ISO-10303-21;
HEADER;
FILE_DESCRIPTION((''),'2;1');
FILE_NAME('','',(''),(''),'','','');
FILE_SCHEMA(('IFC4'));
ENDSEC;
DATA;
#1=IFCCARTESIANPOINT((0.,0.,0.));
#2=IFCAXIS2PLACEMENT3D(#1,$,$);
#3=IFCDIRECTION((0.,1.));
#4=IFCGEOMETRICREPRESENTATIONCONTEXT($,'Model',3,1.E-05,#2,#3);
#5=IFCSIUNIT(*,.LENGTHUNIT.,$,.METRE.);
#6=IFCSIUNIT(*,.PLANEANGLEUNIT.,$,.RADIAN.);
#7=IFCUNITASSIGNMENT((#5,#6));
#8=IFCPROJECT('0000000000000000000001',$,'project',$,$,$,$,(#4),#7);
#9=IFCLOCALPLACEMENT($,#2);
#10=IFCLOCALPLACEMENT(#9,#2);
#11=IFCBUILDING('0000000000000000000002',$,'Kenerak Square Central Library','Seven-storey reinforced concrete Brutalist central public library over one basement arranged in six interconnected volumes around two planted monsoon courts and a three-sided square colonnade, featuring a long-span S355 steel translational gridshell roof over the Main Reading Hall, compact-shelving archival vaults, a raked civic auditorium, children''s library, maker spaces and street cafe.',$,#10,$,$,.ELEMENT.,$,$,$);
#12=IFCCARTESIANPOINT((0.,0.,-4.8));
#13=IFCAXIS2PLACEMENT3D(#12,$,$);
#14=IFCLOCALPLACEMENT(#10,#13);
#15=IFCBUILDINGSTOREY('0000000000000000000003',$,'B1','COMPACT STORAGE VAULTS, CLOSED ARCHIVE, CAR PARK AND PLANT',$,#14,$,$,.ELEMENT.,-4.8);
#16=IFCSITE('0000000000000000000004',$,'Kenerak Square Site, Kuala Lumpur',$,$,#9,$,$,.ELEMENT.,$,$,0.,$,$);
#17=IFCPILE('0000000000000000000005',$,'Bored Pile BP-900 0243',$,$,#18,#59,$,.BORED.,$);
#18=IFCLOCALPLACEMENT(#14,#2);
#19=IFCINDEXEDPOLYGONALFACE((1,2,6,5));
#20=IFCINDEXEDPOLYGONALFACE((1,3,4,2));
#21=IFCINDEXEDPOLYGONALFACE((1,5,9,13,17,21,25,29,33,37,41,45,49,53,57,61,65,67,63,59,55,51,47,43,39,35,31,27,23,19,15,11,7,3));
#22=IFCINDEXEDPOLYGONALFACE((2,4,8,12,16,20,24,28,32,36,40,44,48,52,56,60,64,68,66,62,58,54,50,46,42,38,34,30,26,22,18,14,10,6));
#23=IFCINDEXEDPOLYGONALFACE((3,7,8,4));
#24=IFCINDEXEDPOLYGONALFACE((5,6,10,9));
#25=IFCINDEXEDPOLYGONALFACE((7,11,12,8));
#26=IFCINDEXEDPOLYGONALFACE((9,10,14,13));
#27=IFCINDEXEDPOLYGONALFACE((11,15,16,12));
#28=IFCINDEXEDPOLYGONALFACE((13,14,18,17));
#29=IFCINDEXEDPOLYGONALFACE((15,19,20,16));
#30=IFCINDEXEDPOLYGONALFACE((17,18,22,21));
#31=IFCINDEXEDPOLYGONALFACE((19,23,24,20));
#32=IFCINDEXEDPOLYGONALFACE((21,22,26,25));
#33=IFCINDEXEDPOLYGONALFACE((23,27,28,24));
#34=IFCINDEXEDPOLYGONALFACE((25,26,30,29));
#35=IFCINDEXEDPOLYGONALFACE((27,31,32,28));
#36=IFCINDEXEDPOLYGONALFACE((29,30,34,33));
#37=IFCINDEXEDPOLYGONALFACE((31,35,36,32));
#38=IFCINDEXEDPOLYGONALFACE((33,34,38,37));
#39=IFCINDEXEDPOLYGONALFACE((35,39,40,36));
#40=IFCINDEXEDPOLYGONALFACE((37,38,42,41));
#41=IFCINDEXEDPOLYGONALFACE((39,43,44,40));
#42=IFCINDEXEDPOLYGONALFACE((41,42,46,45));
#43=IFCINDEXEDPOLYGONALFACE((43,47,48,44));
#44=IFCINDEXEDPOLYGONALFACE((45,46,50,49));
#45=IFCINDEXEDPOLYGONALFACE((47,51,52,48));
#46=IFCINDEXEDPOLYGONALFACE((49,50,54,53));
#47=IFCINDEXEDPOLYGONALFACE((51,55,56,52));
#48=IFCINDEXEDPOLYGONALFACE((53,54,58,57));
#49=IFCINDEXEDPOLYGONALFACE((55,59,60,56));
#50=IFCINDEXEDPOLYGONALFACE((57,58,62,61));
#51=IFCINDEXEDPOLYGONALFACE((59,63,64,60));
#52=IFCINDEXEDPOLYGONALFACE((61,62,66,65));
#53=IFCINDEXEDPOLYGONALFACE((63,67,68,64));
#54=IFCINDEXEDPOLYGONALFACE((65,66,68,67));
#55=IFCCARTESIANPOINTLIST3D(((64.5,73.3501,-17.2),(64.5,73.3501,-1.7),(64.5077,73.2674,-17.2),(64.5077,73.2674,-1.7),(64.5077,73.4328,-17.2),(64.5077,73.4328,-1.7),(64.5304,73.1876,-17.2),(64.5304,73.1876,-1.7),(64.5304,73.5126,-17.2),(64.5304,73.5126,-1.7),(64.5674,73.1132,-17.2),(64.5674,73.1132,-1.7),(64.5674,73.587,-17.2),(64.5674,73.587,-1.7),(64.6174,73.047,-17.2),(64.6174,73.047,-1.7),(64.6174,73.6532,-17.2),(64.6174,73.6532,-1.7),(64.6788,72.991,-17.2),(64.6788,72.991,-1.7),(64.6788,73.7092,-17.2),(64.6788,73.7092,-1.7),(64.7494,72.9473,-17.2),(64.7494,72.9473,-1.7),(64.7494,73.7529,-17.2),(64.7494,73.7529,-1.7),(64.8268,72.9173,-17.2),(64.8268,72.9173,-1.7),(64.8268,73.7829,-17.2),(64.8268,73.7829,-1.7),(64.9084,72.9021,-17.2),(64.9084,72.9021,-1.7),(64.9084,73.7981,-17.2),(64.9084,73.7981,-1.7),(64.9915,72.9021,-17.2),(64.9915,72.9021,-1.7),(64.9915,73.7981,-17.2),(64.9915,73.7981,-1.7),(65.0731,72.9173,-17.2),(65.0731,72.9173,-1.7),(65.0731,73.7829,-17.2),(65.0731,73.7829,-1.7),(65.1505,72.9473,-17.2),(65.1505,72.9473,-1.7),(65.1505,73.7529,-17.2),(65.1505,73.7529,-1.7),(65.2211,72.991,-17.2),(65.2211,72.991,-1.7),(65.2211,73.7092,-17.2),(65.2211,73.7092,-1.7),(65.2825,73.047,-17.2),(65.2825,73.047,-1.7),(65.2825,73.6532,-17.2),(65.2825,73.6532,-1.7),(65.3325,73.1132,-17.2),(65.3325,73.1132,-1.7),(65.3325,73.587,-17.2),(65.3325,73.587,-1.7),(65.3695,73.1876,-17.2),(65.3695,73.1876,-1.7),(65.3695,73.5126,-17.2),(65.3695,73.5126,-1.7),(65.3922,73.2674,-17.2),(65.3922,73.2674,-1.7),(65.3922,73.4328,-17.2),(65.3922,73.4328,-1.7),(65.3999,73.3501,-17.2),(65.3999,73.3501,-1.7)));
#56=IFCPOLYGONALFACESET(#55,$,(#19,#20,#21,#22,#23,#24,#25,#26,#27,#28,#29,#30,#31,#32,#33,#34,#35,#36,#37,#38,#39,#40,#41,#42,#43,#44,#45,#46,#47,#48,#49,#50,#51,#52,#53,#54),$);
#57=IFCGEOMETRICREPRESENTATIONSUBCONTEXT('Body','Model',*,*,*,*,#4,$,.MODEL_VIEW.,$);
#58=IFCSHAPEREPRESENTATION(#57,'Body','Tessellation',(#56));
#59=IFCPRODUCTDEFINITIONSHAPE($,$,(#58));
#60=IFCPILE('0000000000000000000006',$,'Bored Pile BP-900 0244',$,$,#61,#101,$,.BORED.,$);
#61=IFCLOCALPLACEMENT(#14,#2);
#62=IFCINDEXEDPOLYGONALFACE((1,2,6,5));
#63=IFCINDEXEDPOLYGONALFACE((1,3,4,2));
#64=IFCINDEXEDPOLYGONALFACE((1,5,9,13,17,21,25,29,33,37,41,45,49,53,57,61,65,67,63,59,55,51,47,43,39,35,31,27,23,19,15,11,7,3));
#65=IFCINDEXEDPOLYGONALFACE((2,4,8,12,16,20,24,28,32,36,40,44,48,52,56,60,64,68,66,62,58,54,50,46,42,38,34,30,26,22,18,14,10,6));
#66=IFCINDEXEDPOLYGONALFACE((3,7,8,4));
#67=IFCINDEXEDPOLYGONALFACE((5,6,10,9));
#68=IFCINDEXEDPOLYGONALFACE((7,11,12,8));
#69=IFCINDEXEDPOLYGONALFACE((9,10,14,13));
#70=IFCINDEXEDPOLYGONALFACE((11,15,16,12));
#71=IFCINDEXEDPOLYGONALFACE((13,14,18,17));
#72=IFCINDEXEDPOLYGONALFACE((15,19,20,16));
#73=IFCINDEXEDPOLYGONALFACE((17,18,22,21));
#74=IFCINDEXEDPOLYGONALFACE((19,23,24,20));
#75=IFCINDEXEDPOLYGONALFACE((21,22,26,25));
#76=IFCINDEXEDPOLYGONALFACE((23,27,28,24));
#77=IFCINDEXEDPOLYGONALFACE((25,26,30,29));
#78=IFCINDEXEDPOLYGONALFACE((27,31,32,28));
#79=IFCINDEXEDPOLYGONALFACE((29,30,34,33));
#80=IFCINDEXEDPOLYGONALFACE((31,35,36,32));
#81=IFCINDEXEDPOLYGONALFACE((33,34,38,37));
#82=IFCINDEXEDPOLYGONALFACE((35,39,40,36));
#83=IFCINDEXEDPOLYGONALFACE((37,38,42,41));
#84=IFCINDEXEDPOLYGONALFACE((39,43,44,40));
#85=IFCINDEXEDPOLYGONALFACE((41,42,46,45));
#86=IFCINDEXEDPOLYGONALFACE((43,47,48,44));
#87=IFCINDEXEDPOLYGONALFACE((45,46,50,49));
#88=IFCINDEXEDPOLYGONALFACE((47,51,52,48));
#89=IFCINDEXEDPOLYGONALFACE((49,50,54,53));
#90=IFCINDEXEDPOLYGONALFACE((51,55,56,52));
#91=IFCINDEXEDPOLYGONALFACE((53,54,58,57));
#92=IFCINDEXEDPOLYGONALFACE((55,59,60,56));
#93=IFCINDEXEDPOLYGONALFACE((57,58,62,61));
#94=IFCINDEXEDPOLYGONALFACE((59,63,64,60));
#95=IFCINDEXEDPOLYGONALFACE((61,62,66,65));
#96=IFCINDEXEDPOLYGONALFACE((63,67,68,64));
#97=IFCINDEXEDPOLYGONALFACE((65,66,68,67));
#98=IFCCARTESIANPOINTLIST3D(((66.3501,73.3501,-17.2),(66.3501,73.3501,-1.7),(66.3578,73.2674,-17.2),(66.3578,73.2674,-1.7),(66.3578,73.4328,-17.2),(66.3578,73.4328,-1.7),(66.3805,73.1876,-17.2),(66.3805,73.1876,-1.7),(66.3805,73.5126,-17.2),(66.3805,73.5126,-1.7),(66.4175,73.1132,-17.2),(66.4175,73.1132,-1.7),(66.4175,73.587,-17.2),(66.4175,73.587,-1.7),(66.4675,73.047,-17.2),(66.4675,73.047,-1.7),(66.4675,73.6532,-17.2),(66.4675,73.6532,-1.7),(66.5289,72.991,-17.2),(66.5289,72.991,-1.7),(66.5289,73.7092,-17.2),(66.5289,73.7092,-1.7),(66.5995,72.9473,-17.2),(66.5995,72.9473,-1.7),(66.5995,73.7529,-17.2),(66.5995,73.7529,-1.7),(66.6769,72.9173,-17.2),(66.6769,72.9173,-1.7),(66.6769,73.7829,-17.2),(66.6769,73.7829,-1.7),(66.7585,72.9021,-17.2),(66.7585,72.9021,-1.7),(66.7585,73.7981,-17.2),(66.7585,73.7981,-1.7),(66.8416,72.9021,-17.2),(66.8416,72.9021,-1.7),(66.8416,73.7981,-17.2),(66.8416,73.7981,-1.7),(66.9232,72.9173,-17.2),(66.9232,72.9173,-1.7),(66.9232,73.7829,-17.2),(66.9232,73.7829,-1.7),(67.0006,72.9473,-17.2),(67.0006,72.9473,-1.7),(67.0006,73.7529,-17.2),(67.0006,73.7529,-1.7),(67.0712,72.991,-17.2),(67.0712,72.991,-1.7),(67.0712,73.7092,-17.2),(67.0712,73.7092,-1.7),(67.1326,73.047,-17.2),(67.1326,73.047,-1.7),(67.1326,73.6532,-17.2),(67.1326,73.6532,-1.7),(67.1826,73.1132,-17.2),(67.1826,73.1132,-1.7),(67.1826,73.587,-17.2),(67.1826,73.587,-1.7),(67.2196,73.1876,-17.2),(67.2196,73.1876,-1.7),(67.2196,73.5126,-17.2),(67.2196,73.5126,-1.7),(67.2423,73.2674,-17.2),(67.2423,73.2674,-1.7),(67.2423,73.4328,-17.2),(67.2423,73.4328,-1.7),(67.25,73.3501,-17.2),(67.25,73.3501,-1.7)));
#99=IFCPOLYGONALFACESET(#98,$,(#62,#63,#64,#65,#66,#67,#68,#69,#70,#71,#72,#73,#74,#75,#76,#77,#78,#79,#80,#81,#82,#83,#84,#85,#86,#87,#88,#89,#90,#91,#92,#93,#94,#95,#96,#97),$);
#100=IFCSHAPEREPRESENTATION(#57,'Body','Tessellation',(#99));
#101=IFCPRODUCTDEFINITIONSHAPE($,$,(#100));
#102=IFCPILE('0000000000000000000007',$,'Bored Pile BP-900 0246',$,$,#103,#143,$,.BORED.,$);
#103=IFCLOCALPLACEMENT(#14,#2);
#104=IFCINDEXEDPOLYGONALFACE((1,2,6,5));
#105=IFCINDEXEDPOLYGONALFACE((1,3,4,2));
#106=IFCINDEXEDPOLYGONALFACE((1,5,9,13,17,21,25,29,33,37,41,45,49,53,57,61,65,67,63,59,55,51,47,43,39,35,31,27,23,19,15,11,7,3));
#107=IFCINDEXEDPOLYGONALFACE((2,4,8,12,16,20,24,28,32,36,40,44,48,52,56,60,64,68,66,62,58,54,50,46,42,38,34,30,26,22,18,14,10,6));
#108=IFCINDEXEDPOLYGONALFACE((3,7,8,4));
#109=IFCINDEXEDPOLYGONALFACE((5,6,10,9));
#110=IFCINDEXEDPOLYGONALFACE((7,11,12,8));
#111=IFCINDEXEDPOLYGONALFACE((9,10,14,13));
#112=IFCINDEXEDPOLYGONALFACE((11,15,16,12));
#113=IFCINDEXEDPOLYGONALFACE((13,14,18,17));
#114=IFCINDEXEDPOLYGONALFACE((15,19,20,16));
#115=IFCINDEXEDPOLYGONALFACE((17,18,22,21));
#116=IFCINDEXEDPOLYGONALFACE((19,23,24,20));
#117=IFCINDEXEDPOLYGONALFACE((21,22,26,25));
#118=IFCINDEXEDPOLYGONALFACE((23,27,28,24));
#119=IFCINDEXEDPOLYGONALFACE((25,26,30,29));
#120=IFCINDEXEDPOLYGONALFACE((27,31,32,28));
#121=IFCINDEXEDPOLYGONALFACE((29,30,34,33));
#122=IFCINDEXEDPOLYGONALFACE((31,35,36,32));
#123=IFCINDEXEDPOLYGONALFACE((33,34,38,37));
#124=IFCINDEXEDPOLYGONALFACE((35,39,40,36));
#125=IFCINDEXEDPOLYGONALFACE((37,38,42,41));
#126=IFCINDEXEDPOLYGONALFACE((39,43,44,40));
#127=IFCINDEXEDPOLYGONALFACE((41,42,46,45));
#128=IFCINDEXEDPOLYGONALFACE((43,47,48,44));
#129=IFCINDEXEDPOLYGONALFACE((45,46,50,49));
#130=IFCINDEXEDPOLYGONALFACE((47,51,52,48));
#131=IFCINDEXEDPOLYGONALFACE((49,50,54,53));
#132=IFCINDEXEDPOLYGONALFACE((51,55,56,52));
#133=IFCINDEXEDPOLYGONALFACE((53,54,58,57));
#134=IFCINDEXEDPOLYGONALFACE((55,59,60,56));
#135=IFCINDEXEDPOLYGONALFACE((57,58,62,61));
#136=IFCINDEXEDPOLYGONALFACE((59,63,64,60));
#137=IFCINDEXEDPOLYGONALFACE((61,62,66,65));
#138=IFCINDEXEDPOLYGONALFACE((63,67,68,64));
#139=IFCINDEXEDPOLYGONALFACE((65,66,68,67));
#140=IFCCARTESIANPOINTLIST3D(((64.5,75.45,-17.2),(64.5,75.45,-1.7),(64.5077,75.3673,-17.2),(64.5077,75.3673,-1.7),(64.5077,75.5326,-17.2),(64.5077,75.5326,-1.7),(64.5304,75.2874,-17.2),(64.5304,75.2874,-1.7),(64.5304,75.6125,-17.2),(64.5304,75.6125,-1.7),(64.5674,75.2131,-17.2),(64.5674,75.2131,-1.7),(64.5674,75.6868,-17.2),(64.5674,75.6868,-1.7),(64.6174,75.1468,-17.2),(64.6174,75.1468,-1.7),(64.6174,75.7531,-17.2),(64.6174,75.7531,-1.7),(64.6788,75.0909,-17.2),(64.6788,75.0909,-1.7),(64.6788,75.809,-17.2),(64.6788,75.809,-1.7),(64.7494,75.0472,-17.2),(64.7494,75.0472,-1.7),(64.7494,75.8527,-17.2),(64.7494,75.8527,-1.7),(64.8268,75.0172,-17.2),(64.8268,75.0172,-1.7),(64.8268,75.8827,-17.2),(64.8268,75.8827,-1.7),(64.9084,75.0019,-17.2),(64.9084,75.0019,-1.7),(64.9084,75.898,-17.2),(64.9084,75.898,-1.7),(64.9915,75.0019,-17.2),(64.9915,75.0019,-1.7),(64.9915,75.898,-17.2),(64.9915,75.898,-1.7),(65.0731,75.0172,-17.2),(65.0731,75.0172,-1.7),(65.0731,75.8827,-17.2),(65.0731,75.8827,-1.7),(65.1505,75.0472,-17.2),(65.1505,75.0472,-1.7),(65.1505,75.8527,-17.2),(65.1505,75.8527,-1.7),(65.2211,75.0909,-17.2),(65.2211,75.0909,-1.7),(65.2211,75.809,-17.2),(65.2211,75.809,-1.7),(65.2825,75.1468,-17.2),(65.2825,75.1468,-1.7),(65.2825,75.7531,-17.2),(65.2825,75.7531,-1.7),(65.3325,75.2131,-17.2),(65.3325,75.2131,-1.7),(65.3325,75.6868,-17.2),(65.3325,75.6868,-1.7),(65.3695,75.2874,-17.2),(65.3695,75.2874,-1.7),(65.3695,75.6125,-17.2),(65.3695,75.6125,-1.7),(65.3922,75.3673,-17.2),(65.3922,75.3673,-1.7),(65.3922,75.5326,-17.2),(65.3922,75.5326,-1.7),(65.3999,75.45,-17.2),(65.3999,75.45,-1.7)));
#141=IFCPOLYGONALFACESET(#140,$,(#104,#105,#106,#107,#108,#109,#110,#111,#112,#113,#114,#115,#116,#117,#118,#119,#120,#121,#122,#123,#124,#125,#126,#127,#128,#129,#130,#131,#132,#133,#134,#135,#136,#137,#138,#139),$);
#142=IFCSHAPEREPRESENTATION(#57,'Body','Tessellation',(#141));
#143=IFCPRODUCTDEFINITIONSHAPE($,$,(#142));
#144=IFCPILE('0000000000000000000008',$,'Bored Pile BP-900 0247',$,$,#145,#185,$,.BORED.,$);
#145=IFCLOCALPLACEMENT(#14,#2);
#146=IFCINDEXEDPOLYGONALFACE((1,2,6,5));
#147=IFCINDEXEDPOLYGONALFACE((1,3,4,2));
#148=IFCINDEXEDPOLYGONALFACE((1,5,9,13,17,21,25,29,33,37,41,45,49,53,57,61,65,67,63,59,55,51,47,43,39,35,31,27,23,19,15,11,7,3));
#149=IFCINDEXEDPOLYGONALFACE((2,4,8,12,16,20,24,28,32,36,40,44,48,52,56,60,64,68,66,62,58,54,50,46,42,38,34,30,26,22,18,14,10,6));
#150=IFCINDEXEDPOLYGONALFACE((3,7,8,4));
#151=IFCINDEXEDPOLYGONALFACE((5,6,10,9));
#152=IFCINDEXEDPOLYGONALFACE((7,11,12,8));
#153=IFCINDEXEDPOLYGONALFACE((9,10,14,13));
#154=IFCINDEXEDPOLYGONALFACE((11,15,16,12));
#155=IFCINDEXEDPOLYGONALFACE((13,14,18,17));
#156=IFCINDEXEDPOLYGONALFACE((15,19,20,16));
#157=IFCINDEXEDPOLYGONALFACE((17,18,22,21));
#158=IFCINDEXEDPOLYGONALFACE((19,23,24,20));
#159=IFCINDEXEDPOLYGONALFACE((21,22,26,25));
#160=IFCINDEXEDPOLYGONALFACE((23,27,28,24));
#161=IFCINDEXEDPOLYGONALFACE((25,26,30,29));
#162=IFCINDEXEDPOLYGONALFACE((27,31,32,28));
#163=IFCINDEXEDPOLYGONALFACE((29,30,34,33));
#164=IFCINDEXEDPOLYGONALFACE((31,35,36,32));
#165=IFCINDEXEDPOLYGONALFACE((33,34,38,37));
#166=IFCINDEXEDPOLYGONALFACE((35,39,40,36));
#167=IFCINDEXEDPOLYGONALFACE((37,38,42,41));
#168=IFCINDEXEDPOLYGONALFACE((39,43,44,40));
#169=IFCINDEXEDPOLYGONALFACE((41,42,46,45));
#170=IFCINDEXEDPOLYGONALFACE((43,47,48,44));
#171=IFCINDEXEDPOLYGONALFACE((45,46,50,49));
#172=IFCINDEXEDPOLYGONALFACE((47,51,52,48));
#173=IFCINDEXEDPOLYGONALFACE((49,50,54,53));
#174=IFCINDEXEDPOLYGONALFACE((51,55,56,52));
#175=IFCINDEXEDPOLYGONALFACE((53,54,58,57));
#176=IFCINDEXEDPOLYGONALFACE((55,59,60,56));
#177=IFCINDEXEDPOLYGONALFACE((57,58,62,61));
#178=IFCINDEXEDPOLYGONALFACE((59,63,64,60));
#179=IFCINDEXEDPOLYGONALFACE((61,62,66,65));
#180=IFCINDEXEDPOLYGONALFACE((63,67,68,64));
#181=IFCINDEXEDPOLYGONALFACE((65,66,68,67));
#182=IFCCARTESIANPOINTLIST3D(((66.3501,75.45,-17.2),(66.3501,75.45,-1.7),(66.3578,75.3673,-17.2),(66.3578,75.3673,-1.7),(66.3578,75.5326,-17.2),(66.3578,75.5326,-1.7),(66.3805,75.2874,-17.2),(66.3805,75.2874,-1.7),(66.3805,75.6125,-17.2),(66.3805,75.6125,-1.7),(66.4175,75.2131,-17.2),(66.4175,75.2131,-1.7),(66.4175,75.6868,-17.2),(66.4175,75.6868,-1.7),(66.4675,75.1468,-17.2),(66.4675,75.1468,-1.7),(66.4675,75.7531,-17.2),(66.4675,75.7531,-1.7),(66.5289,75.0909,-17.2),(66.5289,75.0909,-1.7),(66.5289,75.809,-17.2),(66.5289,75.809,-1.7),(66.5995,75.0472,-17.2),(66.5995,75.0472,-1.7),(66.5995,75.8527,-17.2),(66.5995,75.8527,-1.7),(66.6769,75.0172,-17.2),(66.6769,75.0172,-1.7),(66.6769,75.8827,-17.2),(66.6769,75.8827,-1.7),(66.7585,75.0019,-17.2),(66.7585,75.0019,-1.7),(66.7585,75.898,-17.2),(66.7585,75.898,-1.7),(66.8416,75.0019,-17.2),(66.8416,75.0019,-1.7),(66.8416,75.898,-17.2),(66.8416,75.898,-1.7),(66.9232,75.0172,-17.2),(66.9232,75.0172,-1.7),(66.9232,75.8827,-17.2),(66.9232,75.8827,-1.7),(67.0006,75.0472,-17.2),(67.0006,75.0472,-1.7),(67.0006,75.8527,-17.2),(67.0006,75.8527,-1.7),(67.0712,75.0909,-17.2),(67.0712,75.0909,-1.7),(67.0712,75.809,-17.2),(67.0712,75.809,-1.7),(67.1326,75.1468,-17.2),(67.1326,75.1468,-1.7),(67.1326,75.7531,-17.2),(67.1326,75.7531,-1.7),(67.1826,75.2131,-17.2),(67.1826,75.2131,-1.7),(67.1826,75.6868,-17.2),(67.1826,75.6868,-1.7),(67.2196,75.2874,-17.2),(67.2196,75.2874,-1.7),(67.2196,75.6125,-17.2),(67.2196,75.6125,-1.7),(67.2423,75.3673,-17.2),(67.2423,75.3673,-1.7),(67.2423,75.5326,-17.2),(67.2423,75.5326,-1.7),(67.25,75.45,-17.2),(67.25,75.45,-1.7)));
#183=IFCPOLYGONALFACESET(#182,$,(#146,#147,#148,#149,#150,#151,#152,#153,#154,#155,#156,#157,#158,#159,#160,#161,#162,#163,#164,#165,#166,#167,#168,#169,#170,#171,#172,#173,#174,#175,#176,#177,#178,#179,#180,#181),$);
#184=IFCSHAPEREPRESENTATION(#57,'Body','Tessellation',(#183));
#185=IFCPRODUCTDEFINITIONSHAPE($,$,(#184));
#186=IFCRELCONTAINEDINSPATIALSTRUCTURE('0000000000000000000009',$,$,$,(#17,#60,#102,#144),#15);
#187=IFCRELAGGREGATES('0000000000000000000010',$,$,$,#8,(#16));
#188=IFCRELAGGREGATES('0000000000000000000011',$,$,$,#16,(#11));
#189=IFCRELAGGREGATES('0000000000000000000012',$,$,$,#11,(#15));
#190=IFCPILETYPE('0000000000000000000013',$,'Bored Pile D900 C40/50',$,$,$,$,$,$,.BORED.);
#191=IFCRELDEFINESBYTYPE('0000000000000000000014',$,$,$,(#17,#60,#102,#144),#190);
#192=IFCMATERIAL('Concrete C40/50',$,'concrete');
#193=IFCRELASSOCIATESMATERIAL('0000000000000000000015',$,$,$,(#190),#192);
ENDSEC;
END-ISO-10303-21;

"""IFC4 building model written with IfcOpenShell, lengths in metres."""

from ifc_helpers import new_model, si_unit, direction, frame, origin, origin_2d, place, context, subcontext, project, spatial, circle, extrude, material, material_profile, profile_set, type_object, element, save


model = new_model("IFC4")

# Units and contexts
model_context = context("Model", 3, precision=1e-05, world=origin(), true_north=direction((0.0, 1.0)))
body_context = subcontext(model_context, "Body", "Model", "MODEL_VIEW")
ifc_project = project(units=[si_unit("LENGTHUNIT", "METRE"), si_unit("PLANEANGLEUNIT", "RADIAN")], contexts=[model_context])

# Site, building, storey
site_placement = place(None, origin())
site = spatial("IfcSite", under=ifc_project, at=site_placement, Name="Kenerak Square Site, Kuala Lumpur", CompositionType="ELEMENT", RefElevation=0.0)
building_placement = place(site_placement, origin())
building = spatial("IfcBuilding", under=site, at=building_placement, Name="Kenerak Square Central Library", Description="Seven-storey reinforced concrete Brutalist central public library over one basement arranged in six interconnected volumes around two planted monsoon courts and a three-sided square colonnade, featuring a long-span S355 steel translational gridshell roof over the Main Reading Hall, compact-shelving archival vaults, a raked civic auditorium, children's library, maker spaces and street cafe.", CompositionType="ELEMENT")
storey_placement = place(building_placement, frame((0.0, 0.0, -4.8)))
storey = spatial("IfcBuildingStorey", under=building, at=storey_placement, Name="B1", Description="COMPACT STORAGE VAULTS, CLOSED ARCHIVE, CAR PARK AND PLANT", CompositionType="ELEMENT", Elevation=-4.8)

# Piles
ifc_material_1 = material(Name="Concrete C40/50", Category="concrete")
ifc_material_profile_1 = material_profile(ifc_material_1, circle(Radius=0.45, at=origin_2d()), Name="BP D900")
ifc_profile_set_1 = profile_set([ifc_material_profile_1], Name="Concrete C40/50")
pile_type = type_object("IfcPileType", Name="Bored Pile D900 C40/50", PredefinedType="BORED", material=ifc_profile_set_1)
for number, where, z_axis, x_axis, name in (
    (1, (64.95, 73.3501, -1.7), (0.0, 0.0, -1.0), (1.0, 0.0, 0.0), "Bored Pile BP-900 0243"),
    (2, (66.8, 73.3501, -1.7), (0.0, 0.0, -1.0), (1.0, 0.0, 0.0), "Bored Pile BP-900 0244"),
    (3, (64.95, 75.45, -1.7), (0.0, 0.0, -1.0), (1.0, 0.0, 0.0), "Bored Pile BP-900 0246"),
    (4, (66.8, 75.45, -1.7), (0.0, 0.0, -1.0), (1.0, 0.0, 0.0), "Bored Pile BP-900 0247"),
):
    element("IfcPile", number, at=place(storey_placement, frame(where, z_axis=z_axis, x_axis=x_axis)), inside=storey, type_object=pile_type, Name=name, PredefinedType="BORED", context=body_context, shape_type="SweptSolid", body=[
        extrude(circle(Radius=0.45, at=origin_2d()), origin(), (0.0, 0.0, 1.0), 15.5),
    ])

save(model, "model.ifc")
